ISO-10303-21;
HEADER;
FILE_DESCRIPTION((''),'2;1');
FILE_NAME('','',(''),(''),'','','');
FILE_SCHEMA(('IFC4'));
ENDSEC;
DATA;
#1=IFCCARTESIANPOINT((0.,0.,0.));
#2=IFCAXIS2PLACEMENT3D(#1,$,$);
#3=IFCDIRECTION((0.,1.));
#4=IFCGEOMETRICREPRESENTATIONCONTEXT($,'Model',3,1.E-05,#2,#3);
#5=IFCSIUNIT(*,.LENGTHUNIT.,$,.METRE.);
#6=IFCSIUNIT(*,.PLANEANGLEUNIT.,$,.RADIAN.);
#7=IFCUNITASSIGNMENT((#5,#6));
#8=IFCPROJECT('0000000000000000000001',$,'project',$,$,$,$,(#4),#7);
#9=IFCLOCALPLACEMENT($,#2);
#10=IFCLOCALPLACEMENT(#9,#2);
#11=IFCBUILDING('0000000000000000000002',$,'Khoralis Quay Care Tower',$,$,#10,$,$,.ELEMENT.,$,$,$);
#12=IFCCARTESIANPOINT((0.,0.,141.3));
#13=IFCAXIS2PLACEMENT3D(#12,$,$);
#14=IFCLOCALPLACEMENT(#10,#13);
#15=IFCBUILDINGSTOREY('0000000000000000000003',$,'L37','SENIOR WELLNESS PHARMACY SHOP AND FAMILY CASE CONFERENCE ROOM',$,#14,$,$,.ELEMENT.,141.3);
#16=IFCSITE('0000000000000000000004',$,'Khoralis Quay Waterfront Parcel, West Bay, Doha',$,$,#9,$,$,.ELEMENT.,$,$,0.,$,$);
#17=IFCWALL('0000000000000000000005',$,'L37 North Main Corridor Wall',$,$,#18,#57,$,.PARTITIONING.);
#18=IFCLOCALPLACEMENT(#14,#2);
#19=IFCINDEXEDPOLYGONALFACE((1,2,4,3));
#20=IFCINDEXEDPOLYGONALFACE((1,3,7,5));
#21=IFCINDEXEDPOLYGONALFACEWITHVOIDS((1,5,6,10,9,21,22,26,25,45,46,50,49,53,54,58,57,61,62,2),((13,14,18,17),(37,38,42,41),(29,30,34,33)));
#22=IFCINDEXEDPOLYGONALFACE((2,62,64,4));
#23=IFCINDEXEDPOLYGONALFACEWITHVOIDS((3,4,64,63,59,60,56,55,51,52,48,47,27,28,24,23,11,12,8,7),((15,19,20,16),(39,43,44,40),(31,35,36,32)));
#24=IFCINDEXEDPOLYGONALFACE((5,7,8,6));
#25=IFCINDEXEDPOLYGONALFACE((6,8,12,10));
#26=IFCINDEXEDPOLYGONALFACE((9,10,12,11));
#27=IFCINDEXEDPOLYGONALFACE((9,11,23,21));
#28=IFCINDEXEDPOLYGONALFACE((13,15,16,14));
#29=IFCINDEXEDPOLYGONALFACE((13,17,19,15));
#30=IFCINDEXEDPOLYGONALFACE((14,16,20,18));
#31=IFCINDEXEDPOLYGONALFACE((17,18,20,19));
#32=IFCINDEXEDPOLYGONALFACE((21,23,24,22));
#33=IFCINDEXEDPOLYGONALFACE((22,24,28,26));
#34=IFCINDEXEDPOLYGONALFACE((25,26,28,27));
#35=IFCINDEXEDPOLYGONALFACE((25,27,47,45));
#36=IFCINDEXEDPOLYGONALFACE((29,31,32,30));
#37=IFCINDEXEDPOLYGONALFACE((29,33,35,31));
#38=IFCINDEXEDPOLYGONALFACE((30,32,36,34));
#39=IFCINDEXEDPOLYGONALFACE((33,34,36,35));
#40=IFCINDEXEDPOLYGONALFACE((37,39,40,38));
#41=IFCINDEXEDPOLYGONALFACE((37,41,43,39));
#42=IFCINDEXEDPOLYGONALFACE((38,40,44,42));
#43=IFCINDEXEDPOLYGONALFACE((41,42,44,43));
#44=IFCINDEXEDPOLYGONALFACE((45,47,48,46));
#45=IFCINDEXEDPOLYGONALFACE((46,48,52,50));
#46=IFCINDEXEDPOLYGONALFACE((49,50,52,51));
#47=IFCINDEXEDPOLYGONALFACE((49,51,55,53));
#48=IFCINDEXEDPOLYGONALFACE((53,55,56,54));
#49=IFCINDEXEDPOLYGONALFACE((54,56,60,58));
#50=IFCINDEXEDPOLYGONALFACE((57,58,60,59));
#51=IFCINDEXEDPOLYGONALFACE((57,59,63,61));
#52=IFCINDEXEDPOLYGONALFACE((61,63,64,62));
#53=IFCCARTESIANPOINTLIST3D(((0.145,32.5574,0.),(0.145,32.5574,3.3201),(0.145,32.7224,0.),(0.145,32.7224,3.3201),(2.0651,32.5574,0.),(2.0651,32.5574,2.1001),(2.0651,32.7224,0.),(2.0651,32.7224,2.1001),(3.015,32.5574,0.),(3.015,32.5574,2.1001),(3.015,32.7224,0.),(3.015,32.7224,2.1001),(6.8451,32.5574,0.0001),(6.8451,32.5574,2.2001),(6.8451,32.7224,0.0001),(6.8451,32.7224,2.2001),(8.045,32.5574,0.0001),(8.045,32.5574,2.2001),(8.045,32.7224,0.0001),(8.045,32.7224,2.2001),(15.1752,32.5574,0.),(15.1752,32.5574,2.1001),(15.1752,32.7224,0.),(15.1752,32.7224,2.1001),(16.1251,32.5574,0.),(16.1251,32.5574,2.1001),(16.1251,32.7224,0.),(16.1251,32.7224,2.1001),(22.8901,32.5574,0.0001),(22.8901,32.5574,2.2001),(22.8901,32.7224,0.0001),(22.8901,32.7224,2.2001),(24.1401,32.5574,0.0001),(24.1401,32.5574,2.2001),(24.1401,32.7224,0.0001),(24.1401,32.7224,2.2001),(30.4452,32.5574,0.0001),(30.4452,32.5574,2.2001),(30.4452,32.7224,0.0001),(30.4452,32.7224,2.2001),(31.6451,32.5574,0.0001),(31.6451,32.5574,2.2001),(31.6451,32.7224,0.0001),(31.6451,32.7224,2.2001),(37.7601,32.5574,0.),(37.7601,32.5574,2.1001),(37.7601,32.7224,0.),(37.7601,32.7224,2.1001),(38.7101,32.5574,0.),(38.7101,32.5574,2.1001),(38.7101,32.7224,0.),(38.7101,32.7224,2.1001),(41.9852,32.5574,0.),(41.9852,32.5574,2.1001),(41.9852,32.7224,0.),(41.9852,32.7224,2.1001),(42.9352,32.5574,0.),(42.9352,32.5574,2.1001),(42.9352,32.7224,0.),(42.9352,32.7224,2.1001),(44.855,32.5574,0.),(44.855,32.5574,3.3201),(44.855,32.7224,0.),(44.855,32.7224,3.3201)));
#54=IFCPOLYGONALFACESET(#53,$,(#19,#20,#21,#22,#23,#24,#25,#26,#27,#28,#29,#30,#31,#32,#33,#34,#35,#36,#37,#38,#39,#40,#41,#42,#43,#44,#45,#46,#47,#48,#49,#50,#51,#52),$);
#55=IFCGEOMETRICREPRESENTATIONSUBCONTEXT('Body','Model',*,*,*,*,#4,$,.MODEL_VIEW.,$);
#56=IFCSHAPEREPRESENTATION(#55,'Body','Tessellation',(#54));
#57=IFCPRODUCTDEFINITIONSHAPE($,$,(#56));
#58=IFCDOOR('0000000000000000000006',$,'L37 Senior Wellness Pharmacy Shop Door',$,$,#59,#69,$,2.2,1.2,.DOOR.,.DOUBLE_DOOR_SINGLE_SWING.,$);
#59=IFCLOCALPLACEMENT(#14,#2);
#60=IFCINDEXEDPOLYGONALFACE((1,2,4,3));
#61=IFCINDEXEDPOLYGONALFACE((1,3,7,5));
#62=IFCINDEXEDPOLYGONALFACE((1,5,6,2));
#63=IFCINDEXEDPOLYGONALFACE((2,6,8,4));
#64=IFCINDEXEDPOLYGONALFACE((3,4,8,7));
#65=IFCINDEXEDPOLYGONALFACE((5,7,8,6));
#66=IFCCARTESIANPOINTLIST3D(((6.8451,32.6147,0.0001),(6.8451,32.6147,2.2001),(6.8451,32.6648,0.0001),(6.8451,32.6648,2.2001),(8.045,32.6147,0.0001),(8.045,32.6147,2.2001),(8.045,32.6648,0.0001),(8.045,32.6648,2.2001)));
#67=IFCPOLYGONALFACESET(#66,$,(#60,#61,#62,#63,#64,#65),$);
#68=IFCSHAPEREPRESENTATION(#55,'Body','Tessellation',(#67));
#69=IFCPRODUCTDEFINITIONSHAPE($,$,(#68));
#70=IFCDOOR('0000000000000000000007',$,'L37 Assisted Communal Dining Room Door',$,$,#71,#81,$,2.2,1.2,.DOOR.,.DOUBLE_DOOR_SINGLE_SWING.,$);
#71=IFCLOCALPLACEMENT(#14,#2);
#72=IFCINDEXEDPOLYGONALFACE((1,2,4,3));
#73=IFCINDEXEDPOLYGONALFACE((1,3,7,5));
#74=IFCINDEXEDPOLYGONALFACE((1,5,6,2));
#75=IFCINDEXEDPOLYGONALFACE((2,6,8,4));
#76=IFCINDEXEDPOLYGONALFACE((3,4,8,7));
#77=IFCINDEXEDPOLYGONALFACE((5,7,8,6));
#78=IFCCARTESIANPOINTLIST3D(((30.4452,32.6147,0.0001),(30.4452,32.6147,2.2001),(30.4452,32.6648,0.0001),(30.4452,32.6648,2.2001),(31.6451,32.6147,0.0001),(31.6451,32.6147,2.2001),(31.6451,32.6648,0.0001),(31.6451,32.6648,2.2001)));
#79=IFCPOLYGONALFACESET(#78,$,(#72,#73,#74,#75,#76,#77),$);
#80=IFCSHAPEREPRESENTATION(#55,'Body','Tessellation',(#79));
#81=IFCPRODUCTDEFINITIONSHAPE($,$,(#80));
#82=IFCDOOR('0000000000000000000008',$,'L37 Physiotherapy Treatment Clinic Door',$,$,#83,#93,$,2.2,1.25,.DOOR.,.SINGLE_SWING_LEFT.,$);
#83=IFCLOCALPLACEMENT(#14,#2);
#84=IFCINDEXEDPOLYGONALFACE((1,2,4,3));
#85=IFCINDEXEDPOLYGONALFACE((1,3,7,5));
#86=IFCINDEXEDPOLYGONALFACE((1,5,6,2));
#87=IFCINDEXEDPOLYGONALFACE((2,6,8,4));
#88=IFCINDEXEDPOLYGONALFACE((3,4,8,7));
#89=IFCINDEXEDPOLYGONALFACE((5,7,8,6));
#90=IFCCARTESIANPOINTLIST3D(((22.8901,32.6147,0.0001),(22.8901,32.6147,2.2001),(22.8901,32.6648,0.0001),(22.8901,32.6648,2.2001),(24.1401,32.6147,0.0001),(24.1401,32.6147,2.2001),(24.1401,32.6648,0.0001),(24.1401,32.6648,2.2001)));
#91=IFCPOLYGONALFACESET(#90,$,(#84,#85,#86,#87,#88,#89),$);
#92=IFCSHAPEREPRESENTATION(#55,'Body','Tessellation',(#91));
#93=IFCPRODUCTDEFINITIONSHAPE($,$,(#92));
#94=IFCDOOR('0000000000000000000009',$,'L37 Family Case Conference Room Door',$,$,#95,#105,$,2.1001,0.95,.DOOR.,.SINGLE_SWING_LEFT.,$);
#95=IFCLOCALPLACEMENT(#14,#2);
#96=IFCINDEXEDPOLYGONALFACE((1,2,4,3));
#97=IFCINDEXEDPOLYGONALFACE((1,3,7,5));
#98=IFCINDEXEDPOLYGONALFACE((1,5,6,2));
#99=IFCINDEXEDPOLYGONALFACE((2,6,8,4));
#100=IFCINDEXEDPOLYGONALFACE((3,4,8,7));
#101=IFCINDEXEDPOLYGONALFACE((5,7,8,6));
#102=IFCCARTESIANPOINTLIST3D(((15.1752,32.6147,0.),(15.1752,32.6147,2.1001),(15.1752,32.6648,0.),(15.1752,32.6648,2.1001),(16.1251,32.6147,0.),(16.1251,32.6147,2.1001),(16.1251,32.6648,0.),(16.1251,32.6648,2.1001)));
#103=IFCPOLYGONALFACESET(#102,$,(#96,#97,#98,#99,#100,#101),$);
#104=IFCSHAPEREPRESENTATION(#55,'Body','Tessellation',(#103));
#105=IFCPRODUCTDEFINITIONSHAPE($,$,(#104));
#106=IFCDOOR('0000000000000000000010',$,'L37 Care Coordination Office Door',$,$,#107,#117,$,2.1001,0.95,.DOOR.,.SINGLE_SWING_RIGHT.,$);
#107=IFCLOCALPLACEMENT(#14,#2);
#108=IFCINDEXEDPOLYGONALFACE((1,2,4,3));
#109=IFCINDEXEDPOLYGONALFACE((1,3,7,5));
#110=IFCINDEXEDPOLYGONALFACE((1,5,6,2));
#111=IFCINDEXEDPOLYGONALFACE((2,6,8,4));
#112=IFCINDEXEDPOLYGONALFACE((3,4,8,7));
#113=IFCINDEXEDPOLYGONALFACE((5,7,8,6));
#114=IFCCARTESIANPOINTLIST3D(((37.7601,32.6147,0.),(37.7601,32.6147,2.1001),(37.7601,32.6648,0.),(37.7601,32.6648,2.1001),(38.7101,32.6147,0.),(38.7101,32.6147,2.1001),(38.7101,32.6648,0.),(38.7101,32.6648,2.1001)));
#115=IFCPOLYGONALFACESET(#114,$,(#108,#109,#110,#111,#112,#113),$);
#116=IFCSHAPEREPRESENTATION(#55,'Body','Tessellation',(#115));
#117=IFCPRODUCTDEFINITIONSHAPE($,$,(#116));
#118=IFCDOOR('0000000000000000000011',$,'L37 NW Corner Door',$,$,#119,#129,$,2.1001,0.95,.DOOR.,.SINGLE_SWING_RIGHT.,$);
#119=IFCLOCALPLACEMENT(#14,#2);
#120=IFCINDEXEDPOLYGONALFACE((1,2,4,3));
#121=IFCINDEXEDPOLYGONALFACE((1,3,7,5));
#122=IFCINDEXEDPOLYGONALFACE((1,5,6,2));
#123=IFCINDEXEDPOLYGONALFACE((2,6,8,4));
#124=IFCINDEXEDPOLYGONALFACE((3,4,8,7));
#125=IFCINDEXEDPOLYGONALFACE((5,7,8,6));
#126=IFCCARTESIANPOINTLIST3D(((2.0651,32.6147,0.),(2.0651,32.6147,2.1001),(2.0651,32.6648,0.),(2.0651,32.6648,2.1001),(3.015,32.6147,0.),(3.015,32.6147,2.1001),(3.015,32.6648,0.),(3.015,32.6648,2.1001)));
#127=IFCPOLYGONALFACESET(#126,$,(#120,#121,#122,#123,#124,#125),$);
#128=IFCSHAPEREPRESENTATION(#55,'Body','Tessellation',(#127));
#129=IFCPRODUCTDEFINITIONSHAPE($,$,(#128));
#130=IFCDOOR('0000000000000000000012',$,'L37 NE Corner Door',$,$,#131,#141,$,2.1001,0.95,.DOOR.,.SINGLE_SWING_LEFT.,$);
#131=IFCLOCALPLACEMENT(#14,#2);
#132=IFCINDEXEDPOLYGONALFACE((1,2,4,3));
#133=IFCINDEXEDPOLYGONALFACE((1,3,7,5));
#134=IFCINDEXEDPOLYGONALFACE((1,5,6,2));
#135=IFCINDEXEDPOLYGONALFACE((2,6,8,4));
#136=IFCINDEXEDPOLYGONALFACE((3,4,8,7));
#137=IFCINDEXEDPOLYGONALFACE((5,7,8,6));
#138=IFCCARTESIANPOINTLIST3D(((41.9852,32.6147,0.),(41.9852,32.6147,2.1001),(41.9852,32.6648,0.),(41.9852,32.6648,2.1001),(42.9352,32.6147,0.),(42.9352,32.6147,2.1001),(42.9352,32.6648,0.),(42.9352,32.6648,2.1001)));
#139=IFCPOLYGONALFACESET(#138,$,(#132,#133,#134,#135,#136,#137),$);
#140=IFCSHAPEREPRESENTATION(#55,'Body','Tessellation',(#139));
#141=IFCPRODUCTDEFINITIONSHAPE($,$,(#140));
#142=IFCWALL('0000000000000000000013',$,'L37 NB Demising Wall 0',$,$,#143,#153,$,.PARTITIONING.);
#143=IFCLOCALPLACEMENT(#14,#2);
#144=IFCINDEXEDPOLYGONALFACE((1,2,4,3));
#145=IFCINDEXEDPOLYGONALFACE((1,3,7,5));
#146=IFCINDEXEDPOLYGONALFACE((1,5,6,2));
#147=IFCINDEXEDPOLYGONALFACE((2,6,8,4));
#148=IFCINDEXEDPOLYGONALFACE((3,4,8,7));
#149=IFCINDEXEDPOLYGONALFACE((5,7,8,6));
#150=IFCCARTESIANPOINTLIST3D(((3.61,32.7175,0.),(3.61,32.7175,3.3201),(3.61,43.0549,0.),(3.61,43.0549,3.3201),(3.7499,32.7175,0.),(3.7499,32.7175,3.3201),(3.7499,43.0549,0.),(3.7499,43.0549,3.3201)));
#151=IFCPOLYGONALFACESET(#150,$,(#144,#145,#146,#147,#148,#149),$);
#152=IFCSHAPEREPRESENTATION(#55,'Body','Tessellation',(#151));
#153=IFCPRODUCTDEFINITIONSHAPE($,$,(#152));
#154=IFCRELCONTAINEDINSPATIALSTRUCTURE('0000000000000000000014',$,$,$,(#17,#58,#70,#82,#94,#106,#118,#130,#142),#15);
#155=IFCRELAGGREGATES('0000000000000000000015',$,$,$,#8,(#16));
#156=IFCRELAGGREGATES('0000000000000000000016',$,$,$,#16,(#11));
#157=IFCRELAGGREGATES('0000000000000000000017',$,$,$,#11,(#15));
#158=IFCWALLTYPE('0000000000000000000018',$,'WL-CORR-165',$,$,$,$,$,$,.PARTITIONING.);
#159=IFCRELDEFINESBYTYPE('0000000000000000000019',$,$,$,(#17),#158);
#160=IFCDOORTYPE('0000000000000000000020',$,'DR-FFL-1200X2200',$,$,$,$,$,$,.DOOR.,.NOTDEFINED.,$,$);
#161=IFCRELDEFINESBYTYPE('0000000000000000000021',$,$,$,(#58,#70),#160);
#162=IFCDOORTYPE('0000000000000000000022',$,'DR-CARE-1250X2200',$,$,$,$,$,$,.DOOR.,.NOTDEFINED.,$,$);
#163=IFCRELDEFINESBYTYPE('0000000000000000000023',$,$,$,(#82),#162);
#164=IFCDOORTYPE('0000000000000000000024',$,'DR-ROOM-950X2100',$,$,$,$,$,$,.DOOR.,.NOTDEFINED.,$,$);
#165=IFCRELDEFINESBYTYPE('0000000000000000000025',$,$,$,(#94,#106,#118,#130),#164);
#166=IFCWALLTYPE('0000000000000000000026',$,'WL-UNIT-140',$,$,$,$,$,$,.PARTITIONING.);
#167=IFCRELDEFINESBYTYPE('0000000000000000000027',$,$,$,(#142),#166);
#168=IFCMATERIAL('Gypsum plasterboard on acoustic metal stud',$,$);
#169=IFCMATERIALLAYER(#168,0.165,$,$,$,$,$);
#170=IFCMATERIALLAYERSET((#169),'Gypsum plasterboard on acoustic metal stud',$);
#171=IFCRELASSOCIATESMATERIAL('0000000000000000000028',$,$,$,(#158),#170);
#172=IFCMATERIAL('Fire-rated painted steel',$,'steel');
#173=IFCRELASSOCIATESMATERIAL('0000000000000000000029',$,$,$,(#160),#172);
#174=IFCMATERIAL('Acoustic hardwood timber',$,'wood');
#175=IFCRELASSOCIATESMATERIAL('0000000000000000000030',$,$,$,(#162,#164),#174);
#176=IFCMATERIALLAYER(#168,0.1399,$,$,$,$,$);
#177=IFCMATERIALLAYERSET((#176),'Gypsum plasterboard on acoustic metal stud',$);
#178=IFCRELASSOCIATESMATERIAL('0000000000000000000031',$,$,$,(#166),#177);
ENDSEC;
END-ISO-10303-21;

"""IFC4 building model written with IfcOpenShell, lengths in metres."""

from ifc_helpers import new_model, si_unit, direction, frame, frame_2d, origin, place, context, subcontext, project, spatial, rectangle, extrude, source, transform, mapped, material, layer, layer_set, type_object, element, fill, save


model = new_model("IFC4")

# Units and contexts
model_context = context("Model", 3, precision=1e-05, world=origin(), true_north=direction((0.0, 1.0)))
body_context = subcontext(model_context, "Body", "Model", "MODEL_VIEW")
ifc_project = project(units=[si_unit("LENGTHUNIT", "METRE"), si_unit("PLANEANGLEUNIT", "RADIAN")], contexts=[model_context])

# Site, building, storey
site_placement = place(None, origin())
site = spatial("IfcSite", under=ifc_project, at=site_placement, Name="Khoralis Quay Waterfront Parcel, West Bay, Doha", CompositionType="ELEMENT", RefElevation=0.0)
building_placement = place(site_placement, origin())
building = spatial("IfcBuilding", under=site, at=building_placement, Name="Khoralis Quay Care Tower", CompositionType="ELEMENT")
storey_placement = place(building_placement, frame((0.0, 0.0, 141.3)))
storey = spatial("IfcBuildingStorey", under=building, at=storey_placement, Name="L37", Description="SENIOR WELLNESS PHARMACY SHOP AND FAMILY CASE CONFERENCE ROOM", CompositionType="ELEMENT", Elevation=141.3)

# Wall, openings, doors
ifc_material_1 = material(Name="Gypsum plasterboard on acoustic metal stud")
ifc_layer_1 = layer(ifc_material_1, 0.165)
ifc_layer_set_1 = layer_set([ifc_layer_1], Name="Gypsum plasterboard on acoustic metal stud")
wall_type_1 = type_object("IfcWallType", Name="WL-CORR-165", PredefinedType="PARTITIONING", material=ifc_layer_set_1)
wall_1_placement = place(storey_placement, frame((0.145, 32.6399, 0.0), z_axis=(0.0, 0.0, 1.0), x_axis=(1.0, 0.0, 0.0)))
wall_1 = element("IfcWall", 1, at=wall_1_placement, inside=storey, type_object=wall_type_1, Name="L37 North Main Corridor Wall", PredefinedType="PARTITIONING", context=body_context, shape_type="SweptSolid", body=[
    extrude(rectangle(XDim=44.71, YDim=0.165, at=frame_2d((22.355, 0.0))), origin(), (0.0, 0.0, 1.0), 3.3201),
])
opening_1_placement = place(wall_1_placement, frame((6.7, 0.0, 0.0)))
opening_1 = element("IfcOpeningElement", 2, at=opening_1_placement, cuts=wall_1, PredefinedType="OPENING", context=body_context, shape_type="SweptSolid", body=[
    extrude(rectangle(XDim=1.2, YDim=2.2, at=frame_2d((0.6001, 1.1001))), frame((0.0, 0.0925, 0.0), z_axis=(0.0, -1.0, 0.0), x_axis=(1.0, 0.0, 0.0)), (0.0, 0.0, 1.0), 0.1851),
])
opening_2_placement = place(wall_1_placement, frame((15.03, 0.0, 0.0)))
opening_2 = element("IfcOpeningElement", 3, at=opening_2_placement, cuts=wall_1, PredefinedType="OPENING", context=body_context, shape_type="SweptSolid", body=[
    extrude(rectangle(XDim=0.95, YDim=2.1001, at=frame_2d((0.4751, 1.05))), frame((0.0, 0.0925, 0.0), z_axis=(0.0, -1.0, 0.0), x_axis=(1.0, 0.0, 0.0)), (0.0, 0.0, 1.0), 0.1851),
])
opening_3_placement = place(wall_1_placement, frame((22.7451, 0.0, 0.0)))
opening_3 = element("IfcOpeningElement", 4, at=opening_3_placement, cuts=wall_1, PredefinedType="OPENING", context=body_context, shape_type="SweptSolid", body=[
    extrude(rectangle(XDim=1.25, YDim=2.2, at=frame_2d((0.625, 1.1001))), frame((0.0, 0.0925, 0.0), z_axis=(0.0, -1.0, 0.0), x_axis=(1.0, 0.0, 0.0)), (0.0, 0.0, 1.0), 0.1851),
])
opening_4_placement = place(wall_1_placement, frame((30.3, 0.0, 0.0)))
opening_4 = element("IfcOpeningElement", 5, at=opening_4_placement, cuts=wall_1, PredefinedType="OPENING", context=body_context, shape_type="SweptSolid", body=[
    extrude(rectangle(XDim=1.2, YDim=2.2, at=frame_2d((0.6001, 1.1001))), frame((0.0, 0.0925, 0.0), z_axis=(0.0, -1.0, 0.0), x_axis=(1.0, 0.0, 0.0)), (0.0, 0.0, 1.0), 0.1851),
])
opening_5_placement = place(wall_1_placement, frame((37.615, 0.0, 0.0)))
opening_5 = element("IfcOpeningElement", 6, at=opening_5_placement, cuts=wall_1, PredefinedType="OPENING", context=body_context, shape_type="SweptSolid", body=[
    extrude(rectangle(XDim=0.95, YDim=2.1001, at=frame_2d((0.4751, 1.05))), frame((0.0, 0.0925, 0.0), z_axis=(0.0, -1.0, 0.0), x_axis=(1.0, 0.0, 0.0)), (0.0, 0.0, 1.0), 0.1851),
])
opening_6_placement = place(wall_1_placement, frame((1.9199, 0.0, 0.0)))
opening_6 = element("IfcOpeningElement", 7, at=opening_6_placement, cuts=wall_1, PredefinedType="OPENING", context=body_context, shape_type="SweptSolid", body=[
    extrude(rectangle(XDim=0.95, YDim=2.1001, at=frame_2d((0.4751, 1.05))), frame((0.0, 0.0925, 0.0), z_axis=(0.0, -1.0, 0.0), x_axis=(1.0, 0.0, 0.0)), (0.0, 0.0, 1.0), 0.1851),
])
opening_7_placement = place(wall_1_placement, frame((41.8401, 0.0, 0.0)))
opening_7 = element("IfcOpeningElement", 8, at=opening_7_placement, cuts=wall_1, PredefinedType="OPENING", context=body_context, shape_type="SweptSolid", body=[
    extrude(rectangle(XDim=0.95, YDim=2.1001, at=frame_2d((0.4751, 1.05))), frame((0.0, 0.0925, 0.0), z_axis=(0.0, -1.0, 0.0), x_axis=(1.0, 0.0, 0.0)), (0.0, 0.0, 1.0), 0.1851),
])
ifc_material_2 = material(Name="Fire-rated painted steel", Category="steel")
door_type_1 = type_object("IfcDoorType", Name="DR-FFL-1200X2200", OperationType="NOTDEFINED", PredefinedType="DOOR", material=ifc_material_2)
shared_shape_1 = source(origin(), body_context, "Body", "SweptSolid", [
    extrude(rectangle(XDim=1.2, YDim=2.2, at=frame_2d((0.6001, 1.1001))), frame((0.0, 0.0249, 0.0), z_axis=(0.0, -1.0, 0.0), x_axis=(1.0, 0.0, 0.0)), (0.0, 0.0, 1.0), 0.05),
])
door_1_placement = place(opening_1_placement, origin())
door_1 = element("IfcDoor", 9, at=door_1_placement, inside=storey, type_object=door_type_1, Name="L37 Senior Wellness Pharmacy Shop Door", OperationType="DOUBLE_DOOR_SINGLE_SWING", OverallHeight=2.2, OverallWidth=1.2, PredefinedType="DOOR", context=body_context, shape_type="MappedRepresentation", body=[
    mapped(shared_shape_1, transform((0.0, 0.0, 0.0), scale=1.0)),
])
fill(opening_1, door_1)
door_2_placement = place(opening_4_placement, origin())
door_2 = element("IfcDoor", 10, at=door_2_placement, inside=storey, type_object=door_type_1, Name="L37 Assisted Communal Dining Room Door", OperationType="DOUBLE_DOOR_SINGLE_SWING", OverallHeight=2.2, OverallWidth=1.2, PredefinedType="DOOR", context=body_context, shape_type="MappedRepresentation", body=[
    mapped(shared_shape_1, transform((0.0, 0.0, 0.0), scale=1.0)),
])
fill(opening_4, door_2)
ifc_material_3 = material(Name="Acoustic hardwood timber", Category="wood")
door_type_2 = type_object("IfcDoorType", Name="DR-CARE-1250X2200", OperationType="NOTDEFINED", PredefinedType="DOOR", material=ifc_material_3)
shared_shape_2 = source(origin(), body_context, "Body", "SweptSolid", [
    extrude(rectangle(XDim=1.25, YDim=2.2, at=frame_2d((0.625, 1.1001))), frame((0.0, 0.0249, 0.0), z_axis=(0.0, -1.0, 0.0), x_axis=(1.0, 0.0, 0.0)), (0.0, 0.0, 1.0), 0.05),
])
door_3_placement = place(opening_3_placement, origin())
door_3 = element("IfcDoor", 11, at=door_3_placement, inside=storey, type_object=door_type_2, Name="L37 Physiotherapy Treatment Clinic Door", OperationType="SINGLE_SWING_LEFT", OverallHeight=2.2, OverallWidth=1.25, PredefinedType="DOOR", context=body_context, shape_type="MappedRepresentation", body=[
    mapped(shared_shape_2, transform((0.0, 0.0, 0.0), scale=1.0)),
])
fill(opening_3, door_3)
door_type_3 = type_object("IfcDoorType", Name="DR-ROOM-950X2100", OperationType="NOTDEFINED", PredefinedType="DOOR", material=ifc_material_3)
shared_shape_3 = source(origin(), body_context, "Body", "SweptSolid", [
    extrude(rectangle(XDim=0.95, YDim=2.1001, at=frame_2d((0.4751, 1.05))), frame((0.0, 0.0249, 0.0), z_axis=(0.0, -1.0, 0.0), x_axis=(1.0, 0.0, 0.0)), (0.0, 0.0, 1.0), 0.05),
])
door_4_placement = place(opening_2_placement, origin())
door_4 = element("IfcDoor", 12, at=door_4_placement, inside=storey, type_object=door_type_3, Name="L37 Family Case Conference Room Door", OperationType="SINGLE_SWING_LEFT", OverallHeight=2.1001, OverallWidth=0.95, PredefinedType="DOOR", context=body_context, shape_type="MappedRepresentation", body=[
    mapped(shared_shape_3, transform((0.0, 0.0, 0.0), scale=1.0)),
])
fill(opening_2, door_4)
door_5_placement = place(opening_5_placement, origin())
door_5 = element("IfcDoor", 13, at=door_5_placement, inside=storey, type_object=door_type_3, Name="L37 Care Coordination Office Door", OperationType="SINGLE_SWING_RIGHT", OverallHeight=2.1001, OverallWidth=0.95, PredefinedType="DOOR", context=body_context, shape_type="MappedRepresentation", body=[
    mapped(shared_shape_3, transform((0.0, 0.0, 0.0), scale=1.0)),
])
fill(opening_5, door_5)
door_6_placement = place(opening_6_placement, origin())
door_6 = element("IfcDoor", 14, at=door_6_placement, inside=storey, type_object=door_type_3, Name="L37 NW Corner Door", OperationType="SINGLE_SWING_RIGHT", OverallHeight=2.1001, OverallWidth=0.95, PredefinedType="DOOR", context=body_context, shape_type="MappedRepresentation", body=[
    mapped(shared_shape_3, transform((0.0, 0.0, 0.0), scale=1.0)),
])
fill(opening_6, door_6)
door_7_placement = place(opening_7_placement, origin())
door_7 = element("IfcDoor", 15, at=door_7_placement, inside=storey, type_object=door_type_3, Name="L37 NE Corner Door", OperationType="SINGLE_SWING_LEFT", OverallHeight=2.1001, OverallWidth=0.95, PredefinedType="DOOR", context=body_context, shape_type="MappedRepresentation", body=[
    mapped(shared_shape_3, transform((0.0, 0.0, 0.0), scale=1.0)),
])
fill(opening_7, door_7)

# Wall
ifc_layer_2 = layer(ifc_material_1, 0.1399)
ifc_layer_set_2 = layer_set([ifc_layer_2], Name="Gypsum plasterboard on acoustic metal stud")
wall_type_2 = type_object("IfcWallType", Name="WL-UNIT-140", PredefinedType="PARTITIONING", material=ifc_layer_set_2)
wall_2_placement = place(storey_placement, frame((3.6799, 32.7175, 0.0), z_axis=(0.0, 0.0, 1.0), x_axis=(0.0, 1.0, 0.0)))
element("IfcWall", 16, at=wall_2_placement, inside=storey, type_object=wall_type_2, Name="L37 NB Demising Wall 0", PredefinedType="PARTITIONING", context=body_context, shape_type="SweptSolid", body=[
    extrude(rectangle(XDim=10.3374, YDim=0.1399, at=frame_2d((5.1687, 0.0))), origin(), (0.0, 0.0, 1.0), 3.3201),
])

save(model, "model.ifc")
